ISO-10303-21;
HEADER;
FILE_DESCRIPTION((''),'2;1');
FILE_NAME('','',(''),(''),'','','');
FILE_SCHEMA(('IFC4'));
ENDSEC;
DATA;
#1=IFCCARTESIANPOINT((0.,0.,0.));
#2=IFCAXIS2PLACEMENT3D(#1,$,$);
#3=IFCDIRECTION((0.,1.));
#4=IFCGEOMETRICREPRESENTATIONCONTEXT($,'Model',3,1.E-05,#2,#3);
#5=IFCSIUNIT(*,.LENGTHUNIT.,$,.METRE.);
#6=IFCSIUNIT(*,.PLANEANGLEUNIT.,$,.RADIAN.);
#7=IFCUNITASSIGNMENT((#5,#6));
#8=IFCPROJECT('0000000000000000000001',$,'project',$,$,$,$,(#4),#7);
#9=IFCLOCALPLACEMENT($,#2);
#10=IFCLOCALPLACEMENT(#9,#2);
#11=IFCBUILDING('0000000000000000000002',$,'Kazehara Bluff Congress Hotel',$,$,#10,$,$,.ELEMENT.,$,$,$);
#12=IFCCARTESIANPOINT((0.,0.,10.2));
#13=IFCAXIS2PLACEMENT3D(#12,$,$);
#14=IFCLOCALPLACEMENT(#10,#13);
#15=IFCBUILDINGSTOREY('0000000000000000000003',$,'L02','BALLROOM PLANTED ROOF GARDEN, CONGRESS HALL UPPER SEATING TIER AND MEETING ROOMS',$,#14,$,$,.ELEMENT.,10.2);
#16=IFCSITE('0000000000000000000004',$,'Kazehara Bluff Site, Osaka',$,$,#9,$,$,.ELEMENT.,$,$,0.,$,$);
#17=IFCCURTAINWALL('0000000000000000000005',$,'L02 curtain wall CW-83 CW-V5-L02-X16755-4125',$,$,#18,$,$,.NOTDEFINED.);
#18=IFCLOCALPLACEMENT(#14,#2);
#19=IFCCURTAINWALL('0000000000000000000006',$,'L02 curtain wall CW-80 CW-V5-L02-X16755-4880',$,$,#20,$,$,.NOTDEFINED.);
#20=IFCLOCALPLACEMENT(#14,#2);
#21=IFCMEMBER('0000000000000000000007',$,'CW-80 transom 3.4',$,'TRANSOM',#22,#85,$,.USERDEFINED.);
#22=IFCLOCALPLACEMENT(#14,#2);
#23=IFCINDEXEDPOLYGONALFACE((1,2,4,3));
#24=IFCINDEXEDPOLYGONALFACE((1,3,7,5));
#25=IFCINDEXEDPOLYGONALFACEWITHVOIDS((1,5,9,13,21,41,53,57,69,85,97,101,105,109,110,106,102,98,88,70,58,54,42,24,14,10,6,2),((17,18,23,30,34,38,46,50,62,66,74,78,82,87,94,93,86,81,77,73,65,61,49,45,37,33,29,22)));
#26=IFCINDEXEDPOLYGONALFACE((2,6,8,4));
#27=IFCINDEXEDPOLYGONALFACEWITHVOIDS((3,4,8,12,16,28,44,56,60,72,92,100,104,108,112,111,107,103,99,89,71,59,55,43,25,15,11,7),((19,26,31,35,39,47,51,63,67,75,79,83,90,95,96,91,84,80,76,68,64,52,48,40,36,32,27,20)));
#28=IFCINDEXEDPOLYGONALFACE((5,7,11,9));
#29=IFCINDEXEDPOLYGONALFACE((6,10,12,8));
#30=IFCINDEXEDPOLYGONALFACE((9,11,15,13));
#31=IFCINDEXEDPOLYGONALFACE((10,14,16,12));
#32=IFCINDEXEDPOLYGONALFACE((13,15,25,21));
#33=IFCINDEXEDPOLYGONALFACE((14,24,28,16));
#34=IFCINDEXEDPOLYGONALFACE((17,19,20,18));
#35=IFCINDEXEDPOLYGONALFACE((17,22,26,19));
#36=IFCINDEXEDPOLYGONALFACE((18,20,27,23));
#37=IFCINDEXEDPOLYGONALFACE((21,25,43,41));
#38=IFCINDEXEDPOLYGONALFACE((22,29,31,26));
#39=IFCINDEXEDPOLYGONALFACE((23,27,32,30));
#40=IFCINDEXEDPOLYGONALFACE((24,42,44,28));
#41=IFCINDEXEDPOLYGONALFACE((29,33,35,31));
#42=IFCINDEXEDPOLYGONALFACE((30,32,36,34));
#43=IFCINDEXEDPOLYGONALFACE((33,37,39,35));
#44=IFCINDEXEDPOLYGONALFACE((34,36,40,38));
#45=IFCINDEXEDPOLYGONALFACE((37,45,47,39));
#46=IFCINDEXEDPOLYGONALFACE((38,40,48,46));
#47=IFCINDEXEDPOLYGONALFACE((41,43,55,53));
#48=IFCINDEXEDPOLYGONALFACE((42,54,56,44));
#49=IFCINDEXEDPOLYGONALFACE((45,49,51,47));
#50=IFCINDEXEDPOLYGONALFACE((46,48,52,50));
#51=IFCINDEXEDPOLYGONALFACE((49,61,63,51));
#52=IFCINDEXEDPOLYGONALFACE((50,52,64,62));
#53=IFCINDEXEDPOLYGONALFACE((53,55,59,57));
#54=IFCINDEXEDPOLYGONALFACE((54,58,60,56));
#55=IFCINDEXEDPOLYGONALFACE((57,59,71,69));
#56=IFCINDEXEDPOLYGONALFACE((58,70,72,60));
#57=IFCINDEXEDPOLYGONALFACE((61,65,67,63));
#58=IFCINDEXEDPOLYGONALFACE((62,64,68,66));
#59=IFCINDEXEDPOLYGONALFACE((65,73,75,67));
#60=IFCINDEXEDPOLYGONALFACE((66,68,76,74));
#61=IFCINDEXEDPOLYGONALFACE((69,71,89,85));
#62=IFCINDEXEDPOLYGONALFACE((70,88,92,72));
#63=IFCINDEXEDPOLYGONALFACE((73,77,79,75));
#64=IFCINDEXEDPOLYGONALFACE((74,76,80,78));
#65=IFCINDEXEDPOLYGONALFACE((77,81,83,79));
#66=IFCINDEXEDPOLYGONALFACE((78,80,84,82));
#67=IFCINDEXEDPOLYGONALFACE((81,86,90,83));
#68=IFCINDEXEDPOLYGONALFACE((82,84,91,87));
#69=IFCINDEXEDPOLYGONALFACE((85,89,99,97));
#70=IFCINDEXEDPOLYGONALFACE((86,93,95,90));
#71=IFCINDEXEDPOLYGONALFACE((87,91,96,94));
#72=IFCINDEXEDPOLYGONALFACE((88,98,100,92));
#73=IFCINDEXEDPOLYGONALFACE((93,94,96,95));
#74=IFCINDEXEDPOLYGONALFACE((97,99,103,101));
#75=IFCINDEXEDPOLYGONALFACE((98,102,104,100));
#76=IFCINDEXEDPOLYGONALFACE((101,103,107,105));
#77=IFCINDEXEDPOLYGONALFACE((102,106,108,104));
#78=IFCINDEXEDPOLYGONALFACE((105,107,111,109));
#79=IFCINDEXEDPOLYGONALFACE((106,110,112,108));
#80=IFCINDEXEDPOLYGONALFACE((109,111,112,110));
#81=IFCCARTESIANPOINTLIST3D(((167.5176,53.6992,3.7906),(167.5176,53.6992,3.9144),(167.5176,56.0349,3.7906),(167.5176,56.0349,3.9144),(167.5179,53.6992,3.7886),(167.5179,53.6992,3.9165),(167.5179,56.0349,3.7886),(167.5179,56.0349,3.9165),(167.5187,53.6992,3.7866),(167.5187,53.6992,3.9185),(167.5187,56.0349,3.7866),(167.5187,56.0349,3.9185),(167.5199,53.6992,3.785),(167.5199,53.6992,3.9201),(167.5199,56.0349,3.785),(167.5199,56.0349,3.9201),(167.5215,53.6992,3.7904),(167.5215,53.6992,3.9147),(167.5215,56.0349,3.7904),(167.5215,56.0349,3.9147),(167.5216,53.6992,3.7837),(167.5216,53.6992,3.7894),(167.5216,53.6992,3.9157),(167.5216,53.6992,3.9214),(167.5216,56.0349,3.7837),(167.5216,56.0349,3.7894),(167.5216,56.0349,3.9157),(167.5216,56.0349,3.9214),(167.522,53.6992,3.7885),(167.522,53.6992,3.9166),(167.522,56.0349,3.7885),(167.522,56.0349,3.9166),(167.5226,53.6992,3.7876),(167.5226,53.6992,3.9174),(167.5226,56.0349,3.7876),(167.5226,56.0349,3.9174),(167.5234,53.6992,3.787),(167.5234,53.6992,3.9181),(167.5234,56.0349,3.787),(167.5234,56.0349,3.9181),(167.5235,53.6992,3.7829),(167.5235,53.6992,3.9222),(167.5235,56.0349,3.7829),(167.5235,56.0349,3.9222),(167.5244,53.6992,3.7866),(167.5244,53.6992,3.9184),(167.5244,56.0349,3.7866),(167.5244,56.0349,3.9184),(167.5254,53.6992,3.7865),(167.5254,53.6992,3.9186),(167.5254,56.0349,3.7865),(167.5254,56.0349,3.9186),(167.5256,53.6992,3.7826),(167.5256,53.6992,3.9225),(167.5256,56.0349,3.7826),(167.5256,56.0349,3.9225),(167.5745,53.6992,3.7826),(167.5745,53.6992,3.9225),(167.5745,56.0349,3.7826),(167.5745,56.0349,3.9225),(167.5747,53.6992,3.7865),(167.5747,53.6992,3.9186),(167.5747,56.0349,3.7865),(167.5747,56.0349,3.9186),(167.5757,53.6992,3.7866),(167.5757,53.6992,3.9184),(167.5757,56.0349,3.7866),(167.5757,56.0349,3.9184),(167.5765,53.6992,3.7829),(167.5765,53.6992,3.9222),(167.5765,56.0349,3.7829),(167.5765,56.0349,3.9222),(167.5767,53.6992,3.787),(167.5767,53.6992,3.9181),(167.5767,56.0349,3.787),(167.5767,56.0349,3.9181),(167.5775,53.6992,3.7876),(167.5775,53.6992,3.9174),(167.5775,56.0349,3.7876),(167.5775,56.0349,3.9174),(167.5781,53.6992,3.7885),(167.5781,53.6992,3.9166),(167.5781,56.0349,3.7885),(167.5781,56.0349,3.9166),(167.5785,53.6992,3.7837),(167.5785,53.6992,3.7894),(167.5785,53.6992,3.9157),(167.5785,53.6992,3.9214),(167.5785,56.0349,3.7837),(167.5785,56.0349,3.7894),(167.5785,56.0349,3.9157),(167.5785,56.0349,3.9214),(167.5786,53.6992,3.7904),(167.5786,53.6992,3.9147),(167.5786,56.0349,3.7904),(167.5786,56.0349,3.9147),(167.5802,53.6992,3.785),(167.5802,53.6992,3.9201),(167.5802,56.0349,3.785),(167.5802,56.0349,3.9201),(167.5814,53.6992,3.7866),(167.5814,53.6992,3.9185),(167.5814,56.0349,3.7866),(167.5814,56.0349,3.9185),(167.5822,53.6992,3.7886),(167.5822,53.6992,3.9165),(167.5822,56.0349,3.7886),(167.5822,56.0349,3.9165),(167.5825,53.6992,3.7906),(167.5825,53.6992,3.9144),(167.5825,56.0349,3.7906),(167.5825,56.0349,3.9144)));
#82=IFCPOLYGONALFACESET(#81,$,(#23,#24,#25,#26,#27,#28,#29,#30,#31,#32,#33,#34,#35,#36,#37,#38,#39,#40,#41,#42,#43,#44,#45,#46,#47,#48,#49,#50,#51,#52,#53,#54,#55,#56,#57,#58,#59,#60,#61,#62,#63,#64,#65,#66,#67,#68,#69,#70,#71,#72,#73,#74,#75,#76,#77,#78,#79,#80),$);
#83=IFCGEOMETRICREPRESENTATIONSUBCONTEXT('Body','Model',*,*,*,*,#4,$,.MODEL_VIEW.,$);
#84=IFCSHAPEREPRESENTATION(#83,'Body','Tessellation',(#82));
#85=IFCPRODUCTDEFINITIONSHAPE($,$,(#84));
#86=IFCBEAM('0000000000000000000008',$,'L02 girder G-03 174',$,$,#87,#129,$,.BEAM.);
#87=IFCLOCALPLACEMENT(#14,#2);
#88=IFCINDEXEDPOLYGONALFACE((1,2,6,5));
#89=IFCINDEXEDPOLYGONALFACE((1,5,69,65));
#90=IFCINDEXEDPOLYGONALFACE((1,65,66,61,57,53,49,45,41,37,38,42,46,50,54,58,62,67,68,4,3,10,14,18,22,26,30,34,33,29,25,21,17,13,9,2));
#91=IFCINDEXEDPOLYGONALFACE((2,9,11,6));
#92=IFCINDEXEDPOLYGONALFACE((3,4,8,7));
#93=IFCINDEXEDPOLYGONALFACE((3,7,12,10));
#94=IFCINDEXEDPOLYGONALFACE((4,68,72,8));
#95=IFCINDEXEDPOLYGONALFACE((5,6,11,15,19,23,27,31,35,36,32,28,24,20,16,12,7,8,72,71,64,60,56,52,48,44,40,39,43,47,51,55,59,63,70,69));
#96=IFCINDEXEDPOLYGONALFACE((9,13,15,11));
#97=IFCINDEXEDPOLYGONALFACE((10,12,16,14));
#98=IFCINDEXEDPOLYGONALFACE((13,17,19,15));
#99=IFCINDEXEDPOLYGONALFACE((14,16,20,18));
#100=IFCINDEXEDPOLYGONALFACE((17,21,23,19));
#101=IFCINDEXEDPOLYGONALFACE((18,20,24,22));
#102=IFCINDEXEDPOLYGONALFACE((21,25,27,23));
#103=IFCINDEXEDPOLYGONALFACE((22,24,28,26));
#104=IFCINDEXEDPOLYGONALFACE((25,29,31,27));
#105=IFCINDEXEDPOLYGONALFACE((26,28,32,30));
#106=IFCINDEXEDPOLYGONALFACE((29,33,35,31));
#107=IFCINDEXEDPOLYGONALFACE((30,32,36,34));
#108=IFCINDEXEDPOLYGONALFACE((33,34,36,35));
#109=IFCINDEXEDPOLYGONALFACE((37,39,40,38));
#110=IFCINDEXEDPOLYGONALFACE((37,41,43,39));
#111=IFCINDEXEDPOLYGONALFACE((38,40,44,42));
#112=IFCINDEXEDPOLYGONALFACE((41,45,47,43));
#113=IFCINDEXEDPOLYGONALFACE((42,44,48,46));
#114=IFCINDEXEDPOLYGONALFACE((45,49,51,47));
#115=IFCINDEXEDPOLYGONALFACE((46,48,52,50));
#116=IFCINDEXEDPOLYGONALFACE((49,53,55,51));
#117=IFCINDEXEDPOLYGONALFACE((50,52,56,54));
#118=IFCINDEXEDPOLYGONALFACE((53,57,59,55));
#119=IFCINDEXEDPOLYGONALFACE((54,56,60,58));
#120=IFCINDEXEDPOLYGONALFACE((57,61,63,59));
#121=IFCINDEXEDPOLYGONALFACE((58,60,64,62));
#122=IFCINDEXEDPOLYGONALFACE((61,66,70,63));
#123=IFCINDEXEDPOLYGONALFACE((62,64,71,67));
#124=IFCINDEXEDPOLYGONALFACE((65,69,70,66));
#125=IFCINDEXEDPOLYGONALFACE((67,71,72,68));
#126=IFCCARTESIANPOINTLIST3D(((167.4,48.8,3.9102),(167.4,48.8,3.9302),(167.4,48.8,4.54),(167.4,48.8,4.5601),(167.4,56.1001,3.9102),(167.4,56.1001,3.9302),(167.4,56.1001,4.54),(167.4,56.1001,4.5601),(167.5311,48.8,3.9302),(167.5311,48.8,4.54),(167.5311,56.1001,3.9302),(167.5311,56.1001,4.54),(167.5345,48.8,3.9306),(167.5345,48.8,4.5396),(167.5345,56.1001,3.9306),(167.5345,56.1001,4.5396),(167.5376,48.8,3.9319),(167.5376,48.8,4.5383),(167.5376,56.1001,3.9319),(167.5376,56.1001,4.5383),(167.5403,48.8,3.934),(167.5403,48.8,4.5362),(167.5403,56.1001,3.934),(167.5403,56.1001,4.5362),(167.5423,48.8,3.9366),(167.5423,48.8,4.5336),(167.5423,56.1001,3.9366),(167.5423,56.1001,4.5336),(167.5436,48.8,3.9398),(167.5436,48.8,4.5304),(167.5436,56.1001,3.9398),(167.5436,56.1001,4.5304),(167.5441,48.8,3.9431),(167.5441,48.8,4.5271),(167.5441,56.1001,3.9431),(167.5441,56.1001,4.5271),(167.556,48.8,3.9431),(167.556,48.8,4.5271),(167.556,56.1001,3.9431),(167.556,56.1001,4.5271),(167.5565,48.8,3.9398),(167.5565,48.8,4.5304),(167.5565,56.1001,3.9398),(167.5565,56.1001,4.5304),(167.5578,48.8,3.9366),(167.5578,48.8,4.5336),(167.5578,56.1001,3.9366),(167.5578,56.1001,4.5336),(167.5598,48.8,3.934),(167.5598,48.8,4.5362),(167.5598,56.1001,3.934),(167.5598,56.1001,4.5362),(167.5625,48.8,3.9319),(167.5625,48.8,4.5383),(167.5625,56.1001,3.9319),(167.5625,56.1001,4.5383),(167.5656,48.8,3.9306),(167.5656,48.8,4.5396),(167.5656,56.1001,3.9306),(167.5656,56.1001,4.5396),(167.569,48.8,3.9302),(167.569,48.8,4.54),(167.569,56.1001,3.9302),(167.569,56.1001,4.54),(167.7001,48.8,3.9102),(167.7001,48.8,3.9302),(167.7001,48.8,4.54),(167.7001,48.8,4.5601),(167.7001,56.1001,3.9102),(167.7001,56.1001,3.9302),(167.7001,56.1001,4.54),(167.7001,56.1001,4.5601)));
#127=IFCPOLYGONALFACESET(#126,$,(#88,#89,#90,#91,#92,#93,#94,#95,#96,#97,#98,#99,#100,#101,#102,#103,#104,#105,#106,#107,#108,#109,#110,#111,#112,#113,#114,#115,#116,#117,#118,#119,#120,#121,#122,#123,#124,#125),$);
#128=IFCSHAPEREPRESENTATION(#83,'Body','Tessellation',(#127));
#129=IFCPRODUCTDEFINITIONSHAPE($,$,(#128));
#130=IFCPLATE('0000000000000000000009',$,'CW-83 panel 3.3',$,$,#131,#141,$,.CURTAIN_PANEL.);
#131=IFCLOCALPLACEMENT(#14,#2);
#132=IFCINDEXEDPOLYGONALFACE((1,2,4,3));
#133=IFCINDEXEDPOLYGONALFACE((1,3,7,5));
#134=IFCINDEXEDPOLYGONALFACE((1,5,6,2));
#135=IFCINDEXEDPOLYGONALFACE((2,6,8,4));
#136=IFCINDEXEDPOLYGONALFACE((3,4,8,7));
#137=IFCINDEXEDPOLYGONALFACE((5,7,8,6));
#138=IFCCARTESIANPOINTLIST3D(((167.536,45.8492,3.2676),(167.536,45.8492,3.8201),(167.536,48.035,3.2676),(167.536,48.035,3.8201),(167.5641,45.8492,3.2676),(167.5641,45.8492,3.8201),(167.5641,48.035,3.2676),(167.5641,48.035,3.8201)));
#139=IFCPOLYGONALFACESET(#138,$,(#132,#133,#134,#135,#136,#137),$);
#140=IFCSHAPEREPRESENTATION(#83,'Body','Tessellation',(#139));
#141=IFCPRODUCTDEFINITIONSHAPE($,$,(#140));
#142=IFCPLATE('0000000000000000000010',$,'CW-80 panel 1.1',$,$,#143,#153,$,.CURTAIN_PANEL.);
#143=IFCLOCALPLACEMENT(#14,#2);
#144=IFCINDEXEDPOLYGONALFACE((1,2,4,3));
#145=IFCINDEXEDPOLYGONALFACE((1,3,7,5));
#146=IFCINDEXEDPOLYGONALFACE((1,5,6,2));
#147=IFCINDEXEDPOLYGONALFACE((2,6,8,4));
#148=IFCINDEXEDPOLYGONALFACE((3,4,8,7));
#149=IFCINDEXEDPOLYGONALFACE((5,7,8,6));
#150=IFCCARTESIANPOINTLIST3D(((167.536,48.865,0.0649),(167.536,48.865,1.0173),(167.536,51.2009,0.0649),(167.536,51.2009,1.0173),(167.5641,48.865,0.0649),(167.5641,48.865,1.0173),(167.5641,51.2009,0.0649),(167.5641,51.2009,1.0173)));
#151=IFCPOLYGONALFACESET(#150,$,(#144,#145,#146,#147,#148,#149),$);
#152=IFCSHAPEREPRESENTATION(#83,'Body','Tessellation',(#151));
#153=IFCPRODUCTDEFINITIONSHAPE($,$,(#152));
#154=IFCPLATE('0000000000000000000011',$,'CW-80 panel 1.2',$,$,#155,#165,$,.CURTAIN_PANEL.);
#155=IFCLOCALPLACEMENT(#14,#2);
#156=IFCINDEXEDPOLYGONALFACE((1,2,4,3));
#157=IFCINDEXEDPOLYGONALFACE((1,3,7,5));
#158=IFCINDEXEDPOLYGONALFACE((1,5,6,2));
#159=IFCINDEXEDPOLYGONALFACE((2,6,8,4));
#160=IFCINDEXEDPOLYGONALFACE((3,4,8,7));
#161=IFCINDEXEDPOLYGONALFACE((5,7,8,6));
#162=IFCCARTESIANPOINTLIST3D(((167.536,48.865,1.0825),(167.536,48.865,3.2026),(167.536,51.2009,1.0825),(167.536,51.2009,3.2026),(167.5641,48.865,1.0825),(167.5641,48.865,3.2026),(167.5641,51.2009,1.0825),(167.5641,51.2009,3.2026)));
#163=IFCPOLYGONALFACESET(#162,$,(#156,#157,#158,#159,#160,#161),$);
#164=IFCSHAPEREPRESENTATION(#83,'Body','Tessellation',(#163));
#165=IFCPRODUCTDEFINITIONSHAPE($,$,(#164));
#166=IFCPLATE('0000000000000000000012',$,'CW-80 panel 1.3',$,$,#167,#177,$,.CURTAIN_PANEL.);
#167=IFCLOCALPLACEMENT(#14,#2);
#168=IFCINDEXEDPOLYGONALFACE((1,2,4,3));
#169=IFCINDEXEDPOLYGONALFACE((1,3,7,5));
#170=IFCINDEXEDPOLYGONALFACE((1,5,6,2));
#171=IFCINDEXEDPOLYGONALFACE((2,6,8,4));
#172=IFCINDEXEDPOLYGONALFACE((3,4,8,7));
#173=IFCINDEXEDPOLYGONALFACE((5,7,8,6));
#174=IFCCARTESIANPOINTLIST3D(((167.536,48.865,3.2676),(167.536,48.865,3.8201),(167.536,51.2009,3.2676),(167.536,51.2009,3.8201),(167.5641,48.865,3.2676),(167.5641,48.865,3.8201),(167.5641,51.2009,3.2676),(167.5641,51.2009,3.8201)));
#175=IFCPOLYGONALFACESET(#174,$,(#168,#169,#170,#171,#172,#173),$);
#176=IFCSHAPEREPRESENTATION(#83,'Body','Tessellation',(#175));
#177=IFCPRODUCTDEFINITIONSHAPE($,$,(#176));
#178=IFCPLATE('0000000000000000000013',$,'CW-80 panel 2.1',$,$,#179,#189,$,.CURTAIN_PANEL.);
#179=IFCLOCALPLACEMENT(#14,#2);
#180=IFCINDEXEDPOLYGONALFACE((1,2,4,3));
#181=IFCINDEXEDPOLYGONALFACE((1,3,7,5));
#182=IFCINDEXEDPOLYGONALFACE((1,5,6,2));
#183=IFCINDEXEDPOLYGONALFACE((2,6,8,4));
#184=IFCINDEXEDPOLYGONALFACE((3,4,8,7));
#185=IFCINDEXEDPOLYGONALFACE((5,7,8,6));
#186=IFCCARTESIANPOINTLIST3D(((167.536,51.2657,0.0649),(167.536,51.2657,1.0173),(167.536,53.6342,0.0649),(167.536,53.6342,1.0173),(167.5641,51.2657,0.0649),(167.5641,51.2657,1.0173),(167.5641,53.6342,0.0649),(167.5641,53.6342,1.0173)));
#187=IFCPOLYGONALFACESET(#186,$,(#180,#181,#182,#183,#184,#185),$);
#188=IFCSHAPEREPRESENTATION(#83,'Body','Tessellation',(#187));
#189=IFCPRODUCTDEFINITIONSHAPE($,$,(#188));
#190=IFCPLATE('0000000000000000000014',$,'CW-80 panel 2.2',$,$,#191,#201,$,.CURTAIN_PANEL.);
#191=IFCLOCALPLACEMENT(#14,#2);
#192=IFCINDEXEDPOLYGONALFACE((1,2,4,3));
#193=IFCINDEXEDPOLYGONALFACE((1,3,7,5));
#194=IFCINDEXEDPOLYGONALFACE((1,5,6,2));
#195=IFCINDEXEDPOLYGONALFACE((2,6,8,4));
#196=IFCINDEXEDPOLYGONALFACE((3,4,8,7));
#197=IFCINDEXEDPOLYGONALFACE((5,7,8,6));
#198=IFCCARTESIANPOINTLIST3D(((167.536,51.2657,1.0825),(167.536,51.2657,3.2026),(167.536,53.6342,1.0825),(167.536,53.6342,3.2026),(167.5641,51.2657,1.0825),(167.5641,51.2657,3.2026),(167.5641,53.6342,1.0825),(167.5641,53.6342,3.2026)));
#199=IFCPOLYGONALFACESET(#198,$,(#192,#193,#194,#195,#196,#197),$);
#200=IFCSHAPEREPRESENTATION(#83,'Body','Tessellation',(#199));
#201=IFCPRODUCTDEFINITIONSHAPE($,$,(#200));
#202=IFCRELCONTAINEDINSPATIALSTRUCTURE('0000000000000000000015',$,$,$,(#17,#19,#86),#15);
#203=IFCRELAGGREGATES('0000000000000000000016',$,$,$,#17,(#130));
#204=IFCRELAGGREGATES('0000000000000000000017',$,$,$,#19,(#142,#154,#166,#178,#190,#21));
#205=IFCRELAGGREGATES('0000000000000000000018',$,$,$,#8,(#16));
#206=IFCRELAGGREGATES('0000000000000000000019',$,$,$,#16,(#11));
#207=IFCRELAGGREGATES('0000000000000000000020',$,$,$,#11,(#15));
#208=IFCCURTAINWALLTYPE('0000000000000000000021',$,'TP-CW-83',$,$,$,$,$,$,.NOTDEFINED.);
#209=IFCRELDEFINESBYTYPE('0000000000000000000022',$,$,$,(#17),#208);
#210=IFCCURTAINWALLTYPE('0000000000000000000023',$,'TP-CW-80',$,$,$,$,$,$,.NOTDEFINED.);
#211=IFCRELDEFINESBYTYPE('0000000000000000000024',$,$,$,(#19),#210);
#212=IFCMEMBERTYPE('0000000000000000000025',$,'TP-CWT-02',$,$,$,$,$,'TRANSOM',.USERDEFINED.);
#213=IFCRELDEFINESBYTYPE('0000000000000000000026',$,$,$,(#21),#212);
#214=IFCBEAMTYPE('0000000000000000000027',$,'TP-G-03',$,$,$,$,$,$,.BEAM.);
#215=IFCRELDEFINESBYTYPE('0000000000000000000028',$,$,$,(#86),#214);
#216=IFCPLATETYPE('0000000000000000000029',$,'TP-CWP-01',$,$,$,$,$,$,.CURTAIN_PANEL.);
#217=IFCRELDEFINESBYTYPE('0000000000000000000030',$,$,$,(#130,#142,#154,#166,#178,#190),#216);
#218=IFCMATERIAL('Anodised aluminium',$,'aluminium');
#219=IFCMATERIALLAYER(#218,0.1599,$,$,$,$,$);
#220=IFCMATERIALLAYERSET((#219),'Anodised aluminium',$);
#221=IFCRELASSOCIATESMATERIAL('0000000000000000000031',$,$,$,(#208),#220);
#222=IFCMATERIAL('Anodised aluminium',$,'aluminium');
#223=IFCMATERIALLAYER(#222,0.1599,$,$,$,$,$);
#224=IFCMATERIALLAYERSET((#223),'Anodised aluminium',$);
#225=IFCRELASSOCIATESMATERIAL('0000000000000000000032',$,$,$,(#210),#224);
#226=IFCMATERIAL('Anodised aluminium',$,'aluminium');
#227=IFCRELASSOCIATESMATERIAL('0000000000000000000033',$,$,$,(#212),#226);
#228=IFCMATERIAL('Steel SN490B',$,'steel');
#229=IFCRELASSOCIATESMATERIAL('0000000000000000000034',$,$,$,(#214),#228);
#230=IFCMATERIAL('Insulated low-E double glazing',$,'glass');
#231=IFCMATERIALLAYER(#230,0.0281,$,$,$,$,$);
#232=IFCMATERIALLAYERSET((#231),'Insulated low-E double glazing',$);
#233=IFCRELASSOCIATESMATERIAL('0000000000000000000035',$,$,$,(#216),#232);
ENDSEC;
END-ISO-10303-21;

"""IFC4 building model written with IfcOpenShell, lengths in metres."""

from ifc_helpers import new_model, si_unit, direction, frame, origin, origin_2d, place, context, subcontext, project, spatial, rectangle, hollow_rectangle, i_section, extrude, material, layer, layer_set, material_profile, profile_set, type_object, element, aggregate, save


model = new_model("IFC4")

# Units and contexts
model_context = context("Model", 3, precision=1e-05, world=origin(), true_north=direction((0.0, 1.0)))
body_context = subcontext(model_context, "Body", "Model", "MODEL_VIEW")
ifc_project = project(units=[si_unit("LENGTHUNIT", "METRE"), si_unit("PLANEANGLEUNIT", "RADIAN")], contexts=[model_context])

# Site, building, storey
site_placement = place(None, origin())
site = spatial("IfcSite", under=ifc_project, at=site_placement, Name="Kazehara Bluff Site, Osaka", CompositionType="ELEMENT", RefElevation=0.0)
building_placement = place(site_placement, origin())
building = spatial("IfcBuilding", under=site, at=building_placement, Name="Kazehara Bluff Congress Hotel", CompositionType="ELEMENT")
storey_placement = place(building_placement, frame((0.0, 0.0, 10.2)))
storey = spatial("IfcBuildingStorey", under=building, at=storey_placement, Name="L02", Description="BALLROOM PLANTED ROOF GARDEN, CONGRESS HALL UPPER SEATING TIER AND MEETING ROOMS", CompositionType="ELEMENT", Elevation=10.2)

# Curtain wall
ifc_material_1 = material(Name="Anodised aluminium", Category="aluminium")
ifc_layer_1 = layer(ifc_material_1, 0.1599)
ifc_layer_set_1 = layer_set([ifc_layer_1], Name="Anodised aluminium")
curtain_wall_type_1 = type_object("IfcCurtainWallType", Name="TP-CW-83", PredefinedType="NOTDEFINED", material=ifc_layer_set_1)
curtain_wall_1_placement = place(storey_placement, origin())
curtain_wall_1 = element("IfcCurtainWall", 1, at=curtain_wall_1_placement, inside=storey, type_object=curtain_wall_type_1, Name="L02 curtain wall CW-83 CW-V5-L02-X16755-4125", PredefinedType="NOTDEFINED")

# Curtain wall, member
ifc_material_2 = material(Name="Anodised aluminium", Category="aluminium")
ifc_layer_2 = layer(ifc_material_2, 0.1599)
ifc_layer_set_2 = layer_set([ifc_layer_2], Name="Anodised aluminium")
curtain_wall_type_2 = type_object("IfcCurtainWallType", Name="TP-CW-80", PredefinedType="NOTDEFINED", material=ifc_layer_set_2)
curtain_wall_2_placement = place(storey_placement, origin())
curtain_wall_2 = element("IfcCurtainWall", 2, at=curtain_wall_2_placement, inside=storey, type_object=curtain_wall_type_2, Name="L02 curtain wall CW-80 CW-V5-L02-X16755-4880", PredefinedType="NOTDEFINED")
ifc_material_3 = material(Name="Anodised aluminium", Category="aluminium")
ifc_material_profile_1 = material_profile(ifc_material_3, hollow_rectangle(XDim=0.0649, YDim=0.1399, WallThickness=0.0039, InnerFilletRadius=0.0039, OuterFilletRadius=0.0081, at=origin_2d()))
ifc_profile_set_1 = profile_set([ifc_material_profile_1], Name="Anodised aluminium")
member_type_1 = type_object("IfcMemberType", Name="TP-CWT-02", ElementType="TRANSOM", PredefinedType="USERDEFINED", material=ifc_profile_set_1)
member_1_placement = place(storey_placement, frame((167.55, 53.6992, 3.8525), z_axis=(0.0, 1.0, 0.0), x_axis=(-1.0, 0.0, 0.0)))
member_1 = element("IfcMember", 3, at=member_1_placement, type_object=member_type_1, Name="CW-80 transom 3.4", ObjectType="TRANSOM", PredefinedType="USERDEFINED", context=body_context, shape_type="SweptSolid", body=[
    extrude(hollow_rectangle(XDim=0.0649, YDim=0.1399, WallThickness=0.0039, InnerFilletRadius=0.0039, OuterFilletRadius=0.0081, at=origin_2d()), origin(), (0.0, 0.0, 1.0), 2.3357),
])

# Beam
ifc_material_4 = material(Name="Steel SN490B", Category="steel")
ifc_material_profile_2 = material_profile(ifc_material_4, i_section(OverallWidth=0.3, OverallDepth=0.6499, WebThickness=0.012, FlangeThickness=0.02, FilletRadius=0.0129, at=origin_2d()))
ifc_profile_set_2 = profile_set([ifc_material_profile_2], Name="Steel SN490B")
beam_type = type_object("IfcBeamType", Name="TP-G-03", PredefinedType="BEAM", material=ifc_profile_set_2)
beam_placement = place(storey_placement, frame((167.55, 48.8, 4.2351), z_axis=(0.0, 1.0, 0.0), x_axis=(-1.0, 0.0, 0.0)))
element("IfcBeam", 4, at=beam_placement, inside=storey, type_object=beam_type, Name="L02 girder G-03 174", PredefinedType="BEAM", context=body_context, shape_type="SweptSolid", body=[
    extrude(i_section(OverallWidth=0.3, OverallDepth=0.6499, WebThickness=0.012, FlangeThickness=0.02, FilletRadius=0.0129, at=origin_2d()), origin(), (0.0, 0.0, 1.0), 7.3),
])

# Plates
ifc_material_5 = material(Name="Insulated low-E double glazing", Category="glass")
ifc_layer_3 = layer(ifc_material_5, 0.0281)
ifc_layer_set_3 = layer_set([ifc_layer_3], Name="Insulated low-E double glazing")
plate_type = type_object("IfcPlateType", Name="TP-CWP-01", PredefinedType="CURTAIN_PANEL", material=ifc_layer_set_3)
plate_1_placement = place(storey_placement, frame((167.55, 46.9421, 3.2676), z_axis=(0.0, 0.0, 1.0), x_axis=(0.0, 1.0, 0.0)))
plate_1 = element("IfcPlate", 5, at=plate_1_placement, type_object=plate_type, Name="CW-83 panel 3.3", PredefinedType="CURTAIN_PANEL", context=body_context, shape_type="SweptSolid", body=[
    extrude(rectangle(XDim=2.1858, YDim=0.0281, at=origin_2d()), origin(), (0.0, 0.0, 1.0), 0.5525),
])
aggregate(curtain_wall_1, [plate_1])
plate_2_placement = place(storey_placement, frame((167.55, 50.033, 0.0649), z_axis=(0.0, 0.0, 1.0), x_axis=(0.0, 1.0, 0.0)))
plate_2 = element("IfcPlate", 6, at=plate_2_placement, type_object=plate_type, Name="CW-80 panel 1.1", PredefinedType="CURTAIN_PANEL", context=body_context, shape_type="SweptSolid", body=[
    extrude(rectangle(XDim=2.3359, YDim=0.0281, at=origin_2d()), origin(), (0.0, 0.0, 1.0), 0.9524),
])
plate_3_placement = place(storey_placement, frame((167.55, 50.033, 1.0825), z_axis=(0.0, 0.0, 1.0), x_axis=(0.0, 1.0, 0.0)))
plate_3 = element("IfcPlate", 7, at=plate_3_placement, type_object=plate_type, Name="CW-80 panel 1.2", PredefinedType="CURTAIN_PANEL", context=body_context, shape_type="SweptSolid", body=[
    extrude(rectangle(XDim=2.3359, YDim=0.0281, at=origin_2d()), origin(), (0.0, 0.0, 1.0), 2.1201),
])
plate_4_placement = place(storey_placement, frame((167.55, 50.033, 3.2676), z_axis=(0.0, 0.0, 1.0), x_axis=(0.0, 1.0, 0.0)))
plate_4 = element("IfcPlate", 8, at=plate_4_placement, type_object=plate_type, Name="CW-80 panel 1.3", PredefinedType="CURTAIN_PANEL", context=body_context, shape_type="SweptSolid", body=[
    extrude(rectangle(XDim=2.3359, YDim=0.0281, at=origin_2d()), origin(), (0.0, 0.0, 1.0), 0.5525),
])
plate_5_placement = place(storey_placement, frame((167.55, 52.45, 0.0649), z_axis=(0.0, 0.0, 1.0), x_axis=(0.0, 1.0, 0.0)))
plate_5 = element("IfcPlate", 9, at=plate_5_placement, type_object=plate_type, Name="CW-80 panel 2.1", PredefinedType="CURTAIN_PANEL", context=body_context, shape_type="SweptSolid", body=[
    extrude(rectangle(XDim=2.3684, YDim=0.0281, at=origin_2d()), origin(), (0.0, 0.0, 1.0), 0.9524),
])
plate_6_placement = place(storey_placement, frame((167.55, 52.45, 1.0825), z_axis=(0.0, 0.0, 1.0), x_axis=(0.0, 1.0, 0.0)))
plate_6 = element("IfcPlate", 10, at=plate_6_placement, type_object=plate_type, Name="CW-80 panel 2.2", PredefinedType="CURTAIN_PANEL", context=body_context, shape_type="SweptSolid", body=[
    extrude(rectangle(XDim=2.3684, YDim=0.0281, at=origin_2d()), origin(), (0.0, 0.0, 1.0), 2.1201),
])
aggregate(curtain_wall_2, [plate_2, plate_3, plate_4, plate_5, plate_6, member_1])

save(model, "model.ifc")
